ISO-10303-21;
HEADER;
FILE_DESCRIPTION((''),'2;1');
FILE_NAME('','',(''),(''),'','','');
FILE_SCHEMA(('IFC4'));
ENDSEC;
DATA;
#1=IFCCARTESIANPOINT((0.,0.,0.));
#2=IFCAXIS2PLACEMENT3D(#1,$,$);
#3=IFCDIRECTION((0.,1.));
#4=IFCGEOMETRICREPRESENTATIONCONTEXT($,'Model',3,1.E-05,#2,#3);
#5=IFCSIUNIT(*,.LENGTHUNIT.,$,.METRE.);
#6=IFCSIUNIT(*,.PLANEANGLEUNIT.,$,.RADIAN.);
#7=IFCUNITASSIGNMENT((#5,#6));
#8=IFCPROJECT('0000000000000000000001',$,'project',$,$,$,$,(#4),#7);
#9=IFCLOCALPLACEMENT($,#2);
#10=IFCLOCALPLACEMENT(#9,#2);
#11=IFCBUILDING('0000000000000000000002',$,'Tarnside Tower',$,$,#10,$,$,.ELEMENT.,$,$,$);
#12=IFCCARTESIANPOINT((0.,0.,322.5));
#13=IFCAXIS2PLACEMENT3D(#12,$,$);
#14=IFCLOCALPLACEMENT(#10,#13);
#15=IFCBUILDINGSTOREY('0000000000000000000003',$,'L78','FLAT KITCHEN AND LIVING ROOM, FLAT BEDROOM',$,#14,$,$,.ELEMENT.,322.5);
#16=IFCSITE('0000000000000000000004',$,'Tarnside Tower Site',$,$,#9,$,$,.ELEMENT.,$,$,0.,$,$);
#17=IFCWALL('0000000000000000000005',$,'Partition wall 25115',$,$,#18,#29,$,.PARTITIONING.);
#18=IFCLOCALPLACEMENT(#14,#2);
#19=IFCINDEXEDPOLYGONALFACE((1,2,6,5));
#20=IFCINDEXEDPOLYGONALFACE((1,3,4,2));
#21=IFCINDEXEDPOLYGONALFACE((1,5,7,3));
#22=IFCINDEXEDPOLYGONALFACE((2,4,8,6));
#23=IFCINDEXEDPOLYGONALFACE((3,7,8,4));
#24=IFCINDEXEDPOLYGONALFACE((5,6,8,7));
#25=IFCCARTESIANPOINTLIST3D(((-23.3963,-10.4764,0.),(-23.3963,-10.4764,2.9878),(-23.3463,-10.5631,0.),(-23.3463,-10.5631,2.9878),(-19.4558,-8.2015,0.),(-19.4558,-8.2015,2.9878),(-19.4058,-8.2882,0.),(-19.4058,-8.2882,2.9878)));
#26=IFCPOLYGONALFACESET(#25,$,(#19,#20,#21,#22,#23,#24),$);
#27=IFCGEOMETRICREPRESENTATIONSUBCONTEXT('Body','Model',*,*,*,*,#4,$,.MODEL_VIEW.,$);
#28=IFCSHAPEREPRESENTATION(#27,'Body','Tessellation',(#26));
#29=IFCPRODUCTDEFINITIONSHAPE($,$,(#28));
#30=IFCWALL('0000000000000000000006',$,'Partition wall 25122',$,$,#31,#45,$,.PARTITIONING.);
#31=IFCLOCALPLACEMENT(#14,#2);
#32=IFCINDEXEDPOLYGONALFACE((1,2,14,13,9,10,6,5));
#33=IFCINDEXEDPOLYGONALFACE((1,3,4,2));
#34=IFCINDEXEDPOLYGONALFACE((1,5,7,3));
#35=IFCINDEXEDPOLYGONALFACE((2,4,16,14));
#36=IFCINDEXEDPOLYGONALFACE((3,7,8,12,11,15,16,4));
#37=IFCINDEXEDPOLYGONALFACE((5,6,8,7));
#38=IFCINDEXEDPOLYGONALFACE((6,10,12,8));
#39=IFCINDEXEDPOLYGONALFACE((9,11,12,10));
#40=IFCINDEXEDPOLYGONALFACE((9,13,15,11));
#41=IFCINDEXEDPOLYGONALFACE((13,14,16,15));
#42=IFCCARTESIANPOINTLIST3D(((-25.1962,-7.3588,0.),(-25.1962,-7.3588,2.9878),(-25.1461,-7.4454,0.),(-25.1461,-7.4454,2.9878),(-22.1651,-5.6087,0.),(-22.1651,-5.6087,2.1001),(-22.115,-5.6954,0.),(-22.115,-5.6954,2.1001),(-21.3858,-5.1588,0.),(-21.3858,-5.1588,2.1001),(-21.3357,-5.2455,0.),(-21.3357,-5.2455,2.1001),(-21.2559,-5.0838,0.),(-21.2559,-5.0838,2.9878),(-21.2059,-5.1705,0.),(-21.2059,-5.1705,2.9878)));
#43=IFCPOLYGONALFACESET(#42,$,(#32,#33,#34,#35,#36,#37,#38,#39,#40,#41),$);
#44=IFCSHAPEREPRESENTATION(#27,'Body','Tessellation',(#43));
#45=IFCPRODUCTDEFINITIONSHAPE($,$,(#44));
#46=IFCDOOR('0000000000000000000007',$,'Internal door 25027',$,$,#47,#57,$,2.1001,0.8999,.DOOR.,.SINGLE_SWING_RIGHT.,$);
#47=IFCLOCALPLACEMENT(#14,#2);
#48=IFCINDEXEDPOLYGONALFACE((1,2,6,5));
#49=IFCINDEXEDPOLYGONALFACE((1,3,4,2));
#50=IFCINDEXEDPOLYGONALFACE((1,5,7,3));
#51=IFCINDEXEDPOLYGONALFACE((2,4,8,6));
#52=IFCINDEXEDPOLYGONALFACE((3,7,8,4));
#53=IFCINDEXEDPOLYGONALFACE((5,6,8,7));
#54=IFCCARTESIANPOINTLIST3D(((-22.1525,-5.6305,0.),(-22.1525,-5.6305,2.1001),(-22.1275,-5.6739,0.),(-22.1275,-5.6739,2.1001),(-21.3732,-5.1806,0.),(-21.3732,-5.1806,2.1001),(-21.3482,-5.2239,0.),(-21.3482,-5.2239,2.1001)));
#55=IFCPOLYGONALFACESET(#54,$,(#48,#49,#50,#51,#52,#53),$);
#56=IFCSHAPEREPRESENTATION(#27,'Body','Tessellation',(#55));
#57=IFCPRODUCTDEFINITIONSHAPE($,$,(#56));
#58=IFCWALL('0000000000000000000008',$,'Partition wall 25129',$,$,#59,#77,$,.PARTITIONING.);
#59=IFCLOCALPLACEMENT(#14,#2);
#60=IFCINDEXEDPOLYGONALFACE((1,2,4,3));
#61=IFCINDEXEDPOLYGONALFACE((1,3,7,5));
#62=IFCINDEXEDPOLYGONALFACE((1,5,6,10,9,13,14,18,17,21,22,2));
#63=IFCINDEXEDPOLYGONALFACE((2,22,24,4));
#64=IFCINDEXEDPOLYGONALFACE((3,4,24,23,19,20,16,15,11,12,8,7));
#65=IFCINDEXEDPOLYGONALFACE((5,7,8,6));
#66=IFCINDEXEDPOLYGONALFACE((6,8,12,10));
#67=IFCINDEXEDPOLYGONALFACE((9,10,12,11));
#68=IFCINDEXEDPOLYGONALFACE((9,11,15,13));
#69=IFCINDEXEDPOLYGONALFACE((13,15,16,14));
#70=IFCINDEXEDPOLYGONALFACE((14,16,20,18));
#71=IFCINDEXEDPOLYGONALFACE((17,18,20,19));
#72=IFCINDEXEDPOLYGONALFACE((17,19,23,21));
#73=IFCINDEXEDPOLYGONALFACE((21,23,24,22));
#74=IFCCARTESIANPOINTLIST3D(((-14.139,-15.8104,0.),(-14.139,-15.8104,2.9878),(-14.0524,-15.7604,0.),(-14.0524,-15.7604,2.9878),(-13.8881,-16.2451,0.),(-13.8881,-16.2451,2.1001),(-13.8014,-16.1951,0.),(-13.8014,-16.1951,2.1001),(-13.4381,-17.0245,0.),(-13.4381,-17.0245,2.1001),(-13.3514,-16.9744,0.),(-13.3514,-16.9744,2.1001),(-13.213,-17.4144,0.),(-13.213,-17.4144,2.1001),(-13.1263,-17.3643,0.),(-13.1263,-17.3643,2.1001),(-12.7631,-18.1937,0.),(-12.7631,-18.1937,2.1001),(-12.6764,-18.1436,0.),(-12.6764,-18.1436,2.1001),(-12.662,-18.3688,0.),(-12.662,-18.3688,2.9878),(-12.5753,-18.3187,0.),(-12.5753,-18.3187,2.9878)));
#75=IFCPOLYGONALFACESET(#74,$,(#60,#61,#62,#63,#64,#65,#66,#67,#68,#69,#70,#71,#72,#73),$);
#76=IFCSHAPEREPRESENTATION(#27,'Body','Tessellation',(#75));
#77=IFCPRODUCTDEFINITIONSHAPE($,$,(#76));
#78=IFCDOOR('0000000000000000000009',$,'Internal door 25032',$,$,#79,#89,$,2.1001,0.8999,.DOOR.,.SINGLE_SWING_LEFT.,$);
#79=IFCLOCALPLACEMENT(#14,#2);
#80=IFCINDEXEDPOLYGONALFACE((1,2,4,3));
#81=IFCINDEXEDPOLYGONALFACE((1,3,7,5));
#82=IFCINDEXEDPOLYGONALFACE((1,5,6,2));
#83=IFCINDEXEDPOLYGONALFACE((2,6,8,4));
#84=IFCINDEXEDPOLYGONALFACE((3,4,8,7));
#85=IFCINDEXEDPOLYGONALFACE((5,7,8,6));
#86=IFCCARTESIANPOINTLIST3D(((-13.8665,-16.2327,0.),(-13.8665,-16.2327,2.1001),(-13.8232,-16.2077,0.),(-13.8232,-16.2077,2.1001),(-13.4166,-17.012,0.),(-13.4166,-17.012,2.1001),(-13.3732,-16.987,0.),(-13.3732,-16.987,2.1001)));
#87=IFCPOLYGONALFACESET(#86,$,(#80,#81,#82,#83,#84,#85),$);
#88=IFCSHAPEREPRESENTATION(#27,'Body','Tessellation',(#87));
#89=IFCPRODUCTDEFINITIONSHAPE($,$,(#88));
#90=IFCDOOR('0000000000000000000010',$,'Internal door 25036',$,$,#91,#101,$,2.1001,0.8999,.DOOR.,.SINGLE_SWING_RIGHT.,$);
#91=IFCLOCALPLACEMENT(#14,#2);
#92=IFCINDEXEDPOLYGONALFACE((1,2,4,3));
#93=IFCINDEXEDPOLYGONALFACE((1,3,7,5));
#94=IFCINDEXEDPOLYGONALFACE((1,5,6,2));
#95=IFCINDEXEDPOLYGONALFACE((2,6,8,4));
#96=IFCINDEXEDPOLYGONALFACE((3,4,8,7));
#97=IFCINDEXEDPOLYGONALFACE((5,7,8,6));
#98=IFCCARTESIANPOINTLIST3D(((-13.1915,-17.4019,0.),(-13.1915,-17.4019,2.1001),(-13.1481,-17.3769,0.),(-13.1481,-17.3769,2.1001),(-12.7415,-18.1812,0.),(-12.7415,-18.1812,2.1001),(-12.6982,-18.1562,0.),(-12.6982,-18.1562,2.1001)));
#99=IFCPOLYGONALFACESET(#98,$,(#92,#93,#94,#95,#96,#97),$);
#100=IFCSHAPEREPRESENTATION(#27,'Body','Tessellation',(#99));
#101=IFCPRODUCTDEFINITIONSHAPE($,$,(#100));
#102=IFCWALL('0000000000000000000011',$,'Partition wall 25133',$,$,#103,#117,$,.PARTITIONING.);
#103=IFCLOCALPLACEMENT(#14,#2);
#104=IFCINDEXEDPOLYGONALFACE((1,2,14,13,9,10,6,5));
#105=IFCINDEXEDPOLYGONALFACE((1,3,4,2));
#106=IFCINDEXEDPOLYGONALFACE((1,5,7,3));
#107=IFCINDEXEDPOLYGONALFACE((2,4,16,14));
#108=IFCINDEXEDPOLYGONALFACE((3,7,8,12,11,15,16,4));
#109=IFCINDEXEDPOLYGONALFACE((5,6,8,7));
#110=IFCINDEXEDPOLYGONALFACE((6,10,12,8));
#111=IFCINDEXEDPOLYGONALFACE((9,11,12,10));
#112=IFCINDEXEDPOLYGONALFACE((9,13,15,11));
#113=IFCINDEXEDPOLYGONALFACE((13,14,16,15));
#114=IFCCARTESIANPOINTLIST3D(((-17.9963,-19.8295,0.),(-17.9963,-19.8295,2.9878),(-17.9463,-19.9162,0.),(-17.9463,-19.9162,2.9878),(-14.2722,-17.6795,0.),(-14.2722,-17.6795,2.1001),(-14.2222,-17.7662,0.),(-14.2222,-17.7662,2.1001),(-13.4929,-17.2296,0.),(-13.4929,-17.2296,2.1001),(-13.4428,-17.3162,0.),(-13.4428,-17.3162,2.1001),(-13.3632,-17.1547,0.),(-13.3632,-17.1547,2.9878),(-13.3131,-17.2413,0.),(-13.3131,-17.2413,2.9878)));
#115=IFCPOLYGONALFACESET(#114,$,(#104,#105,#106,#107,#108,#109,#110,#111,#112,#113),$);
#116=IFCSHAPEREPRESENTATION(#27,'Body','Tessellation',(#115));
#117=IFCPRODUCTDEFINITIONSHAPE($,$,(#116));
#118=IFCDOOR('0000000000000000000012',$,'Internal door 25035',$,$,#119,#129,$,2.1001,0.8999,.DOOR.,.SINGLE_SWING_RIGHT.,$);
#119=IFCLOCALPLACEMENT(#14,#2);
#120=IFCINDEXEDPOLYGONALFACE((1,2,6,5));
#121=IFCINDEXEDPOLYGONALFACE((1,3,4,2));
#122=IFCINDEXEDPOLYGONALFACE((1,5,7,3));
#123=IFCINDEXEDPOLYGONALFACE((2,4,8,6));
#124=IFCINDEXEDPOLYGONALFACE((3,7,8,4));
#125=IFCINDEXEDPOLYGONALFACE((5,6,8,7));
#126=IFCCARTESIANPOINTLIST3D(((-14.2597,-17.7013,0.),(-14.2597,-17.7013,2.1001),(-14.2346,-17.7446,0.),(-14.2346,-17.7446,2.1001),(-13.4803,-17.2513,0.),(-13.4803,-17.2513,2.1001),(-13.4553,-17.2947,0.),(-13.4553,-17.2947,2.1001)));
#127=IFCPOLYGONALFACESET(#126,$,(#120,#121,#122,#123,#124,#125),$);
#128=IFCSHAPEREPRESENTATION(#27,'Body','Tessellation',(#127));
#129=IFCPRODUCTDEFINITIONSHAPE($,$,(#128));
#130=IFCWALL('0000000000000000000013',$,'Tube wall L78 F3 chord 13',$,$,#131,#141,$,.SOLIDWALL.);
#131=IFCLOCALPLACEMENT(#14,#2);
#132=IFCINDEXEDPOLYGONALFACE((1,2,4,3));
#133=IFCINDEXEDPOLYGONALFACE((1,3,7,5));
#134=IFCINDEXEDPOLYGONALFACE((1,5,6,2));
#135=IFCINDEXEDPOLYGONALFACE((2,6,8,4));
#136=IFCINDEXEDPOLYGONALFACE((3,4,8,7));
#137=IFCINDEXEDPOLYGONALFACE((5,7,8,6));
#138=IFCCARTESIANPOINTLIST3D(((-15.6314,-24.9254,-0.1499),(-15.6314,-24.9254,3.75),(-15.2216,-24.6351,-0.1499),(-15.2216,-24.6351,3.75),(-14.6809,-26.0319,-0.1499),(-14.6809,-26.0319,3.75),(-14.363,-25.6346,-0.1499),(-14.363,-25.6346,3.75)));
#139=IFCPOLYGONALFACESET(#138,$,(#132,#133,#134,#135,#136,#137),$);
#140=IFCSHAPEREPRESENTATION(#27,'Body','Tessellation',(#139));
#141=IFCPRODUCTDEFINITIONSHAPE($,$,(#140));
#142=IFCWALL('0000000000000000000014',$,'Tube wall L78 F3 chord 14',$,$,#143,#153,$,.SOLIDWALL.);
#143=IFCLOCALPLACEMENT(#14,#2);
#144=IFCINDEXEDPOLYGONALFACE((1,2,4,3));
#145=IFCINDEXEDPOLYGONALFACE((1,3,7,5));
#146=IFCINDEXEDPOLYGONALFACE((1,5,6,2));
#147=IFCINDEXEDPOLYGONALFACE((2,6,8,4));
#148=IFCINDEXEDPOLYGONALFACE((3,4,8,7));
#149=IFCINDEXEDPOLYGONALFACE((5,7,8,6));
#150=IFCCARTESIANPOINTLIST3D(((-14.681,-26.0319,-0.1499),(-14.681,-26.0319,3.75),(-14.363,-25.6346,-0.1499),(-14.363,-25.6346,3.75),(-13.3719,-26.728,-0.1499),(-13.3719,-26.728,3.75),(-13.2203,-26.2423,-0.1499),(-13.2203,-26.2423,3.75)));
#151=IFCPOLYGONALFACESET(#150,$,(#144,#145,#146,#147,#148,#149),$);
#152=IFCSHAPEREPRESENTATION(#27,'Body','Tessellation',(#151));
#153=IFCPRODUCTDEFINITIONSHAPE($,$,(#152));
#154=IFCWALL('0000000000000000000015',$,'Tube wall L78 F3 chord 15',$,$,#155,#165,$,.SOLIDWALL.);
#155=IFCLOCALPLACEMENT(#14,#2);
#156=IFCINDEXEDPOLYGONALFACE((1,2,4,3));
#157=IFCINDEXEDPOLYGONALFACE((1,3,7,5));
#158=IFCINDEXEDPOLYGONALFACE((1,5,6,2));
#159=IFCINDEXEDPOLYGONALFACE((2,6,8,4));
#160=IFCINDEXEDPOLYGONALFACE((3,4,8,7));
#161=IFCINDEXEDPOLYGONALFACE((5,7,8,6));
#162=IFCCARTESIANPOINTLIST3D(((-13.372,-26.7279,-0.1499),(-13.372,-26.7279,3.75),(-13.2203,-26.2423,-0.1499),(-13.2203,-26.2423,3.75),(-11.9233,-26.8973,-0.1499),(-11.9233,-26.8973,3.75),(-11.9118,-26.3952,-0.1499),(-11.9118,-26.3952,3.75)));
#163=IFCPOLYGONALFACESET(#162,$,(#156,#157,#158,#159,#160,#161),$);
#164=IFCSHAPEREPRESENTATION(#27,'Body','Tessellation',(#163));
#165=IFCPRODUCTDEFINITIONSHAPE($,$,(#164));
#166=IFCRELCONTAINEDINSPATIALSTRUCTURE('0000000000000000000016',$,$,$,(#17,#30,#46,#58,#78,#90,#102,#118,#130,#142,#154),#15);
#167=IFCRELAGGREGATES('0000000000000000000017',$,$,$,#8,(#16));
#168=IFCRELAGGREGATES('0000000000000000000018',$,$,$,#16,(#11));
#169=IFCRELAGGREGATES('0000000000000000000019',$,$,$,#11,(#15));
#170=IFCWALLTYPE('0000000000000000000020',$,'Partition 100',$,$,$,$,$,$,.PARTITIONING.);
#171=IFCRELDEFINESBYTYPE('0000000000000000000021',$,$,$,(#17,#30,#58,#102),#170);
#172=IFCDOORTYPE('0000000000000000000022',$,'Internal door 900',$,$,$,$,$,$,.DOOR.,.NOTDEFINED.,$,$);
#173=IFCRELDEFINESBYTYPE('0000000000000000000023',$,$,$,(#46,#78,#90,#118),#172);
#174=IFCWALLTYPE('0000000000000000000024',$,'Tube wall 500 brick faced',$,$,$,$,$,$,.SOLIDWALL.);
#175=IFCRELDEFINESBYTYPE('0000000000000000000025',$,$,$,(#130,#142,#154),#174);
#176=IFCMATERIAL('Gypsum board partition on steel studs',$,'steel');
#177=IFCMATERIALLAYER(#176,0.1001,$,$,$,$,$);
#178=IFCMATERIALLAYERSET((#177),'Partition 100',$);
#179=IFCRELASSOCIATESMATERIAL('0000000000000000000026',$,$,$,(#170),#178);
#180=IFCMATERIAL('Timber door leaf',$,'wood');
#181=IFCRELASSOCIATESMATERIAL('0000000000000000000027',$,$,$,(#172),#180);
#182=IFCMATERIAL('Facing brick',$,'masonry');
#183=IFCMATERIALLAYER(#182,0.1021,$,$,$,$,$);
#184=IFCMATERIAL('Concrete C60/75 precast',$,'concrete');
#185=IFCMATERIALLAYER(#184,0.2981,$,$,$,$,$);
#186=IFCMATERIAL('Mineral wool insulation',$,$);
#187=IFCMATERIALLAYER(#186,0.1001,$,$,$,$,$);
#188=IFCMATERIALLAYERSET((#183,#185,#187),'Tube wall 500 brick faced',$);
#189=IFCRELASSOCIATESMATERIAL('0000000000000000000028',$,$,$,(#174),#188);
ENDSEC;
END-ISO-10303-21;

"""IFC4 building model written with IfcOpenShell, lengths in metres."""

from ifc_helpers import new_model, si_unit, direction, frame, frame_2d, origin, place, context, subcontext, project, spatial, polyline, rectangle, outline, extrude, material, layer, layer_set, type_object, element, fill, save


model = new_model("IFC4")

# Units and contexts
model_context = context("Model", 3, precision=1e-05, world=origin(), true_north=direction((0.0, 1.0)))
body_context = subcontext(model_context, "Body", "Model", "MODEL_VIEW")
ifc_project = project(units=[si_unit("LENGTHUNIT", "METRE"), si_unit("PLANEANGLEUNIT", "RADIAN")], contexts=[model_context])

# Site, building, storey
site_placement = place(None, origin())
site = spatial("IfcSite", under=ifc_project, at=site_placement, Name="Tarnside Tower Site", CompositionType="ELEMENT", RefElevation=0.0)
building_placement = place(site_placement, origin())
building = spatial("IfcBuilding", under=site, at=building_placement, Name="Tarnside Tower", CompositionType="ELEMENT")
storey_placement = place(building_placement, frame((0.0, 0.0, 322.5)))
storey = spatial("IfcBuildingStorey", under=building, at=storey_placement, Name="L78", Description="FLAT KITCHEN AND LIVING ROOM, FLAT BEDROOM", CompositionType="ELEMENT", Elevation=322.5)

# Wall
ifc_material_1 = material(Name="Gypsum board partition on steel studs", Category="steel")
ifc_layer_1 = layer(ifc_material_1, 0.1001)
ifc_layer_set_1 = layer_set([ifc_layer_1], Name="Partition 100")
wall_type_1 = type_object("IfcWallType", Name="Partition 100", PredefinedType="PARTITIONING", material=ifc_layer_set_1)
wall_1_placement = place(storey_placement, frame((-19.4309, -8.2449, 0.0), z_axis=(0.0, 0.0, 1.0), x_axis=(-0.866035, -0.499983, 0.0)))
element("IfcWall", 1, at=wall_1_placement, inside=storey, type_object=wall_type_1, Name="Partition wall 25115", PredefinedType="PARTITIONING", context=body_context, shape_type="SweptSolid", body=[
    extrude(rectangle(XDim=4.55, YDim=0.1001, at=frame_2d((2.2749, 0.0))), origin(), (0.0, 0.0, 1.0), 2.9878),
])

# Wall, opening, door
wall_2_placement = place(storey_placement, frame((-25.1711, -7.4021, 0.0), z_axis=(0.0, 0.0, 1.0), x_axis=(0.866022, 0.500006, 0.0)))
wall_2 = element("IfcWall", 2, at=wall_2_placement, inside=storey, type_object=wall_type_1, Name="Partition wall 25122", PredefinedType="PARTITIONING", context=body_context, shape_type="SweptSolid", body=[
    extrude(rectangle(XDim=4.5498, YDim=0.1001, at=frame_2d((2.2749, 0.0))), origin(), (0.0, 0.0, 1.0), 2.9878),
])
opening_1_placement = place(wall_2_placement, frame((3.5, 0.0, 0.0)))
opening_1 = element("IfcOpeningElement", 3, at=opening_1_placement, cuts=wall_2, PredefinedType="OPENING", context=body_context, shape_type="SweptSolid", body=[
    extrude(rectangle(XDim=0.8999, YDim=2.1001, at=frame_2d((0.45, 1.05))), frame((0.0, 0.0601, 0.0), z_axis=(0.0, -1.0, 0.0), x_axis=(1.0, 0.0, 0.0)), (0.0, 0.0, 1.0), 0.1201),
])
ifc_material_2 = material(Name="Timber door leaf", Category="wood")
door_type = type_object("IfcDoorType", Name="Internal door 900", OperationType="NOTDEFINED", PredefinedType="DOOR", material=ifc_material_2)
door_1_placement = place(opening_1_placement, origin())
door_1 = element("IfcDoor", 4, at=door_1_placement, inside=storey, type_object=door_type, Name="Internal door 25027", OperationType="SINGLE_SWING_RIGHT", OverallHeight=2.1001, OverallWidth=0.8999, PredefinedType="DOOR", context=body_context, shape_type="SweptSolid", body=[
    extrude(rectangle(XDim=0.8999, YDim=2.1001, at=frame_2d((0.45, 1.05))), frame((0.0, 0.0249, 0.0), z_axis=(0.0, -1.0, 0.0), x_axis=(1.0, 0.0, 0.0)), (0.0, 0.0, 1.0), 0.05),
])
fill(opening_1, door_1)

# Wall, openings, doors
wall_3_placement = place(storey_placement, frame((-14.0957, -15.7854, 0.0), z_axis=(0.0, 0.0, 1.0), x_axis=(0.499997, -0.866027, 0.0)))
wall_3 = element("IfcWall", 5, at=wall_3_placement, inside=storey, type_object=wall_type_1, Name="Partition wall 25129", PredefinedType="PARTITIONING", context=body_context, shape_type="SweptSolid", body=[
    extrude(rectangle(XDim=2.9541, YDim=0.1001, at=frame_2d((1.4771, 0.0))), origin(), (0.0, 0.0, 1.0), 2.9878),
])
opening_2_placement = place(wall_3_placement, frame((0.502, 0.0, 0.0)))
opening_2 = element("IfcOpeningElement", 6, at=opening_2_placement, cuts=wall_3, PredefinedType="OPENING", context=body_context, shape_type="SweptSolid", body=[
    extrude(rectangle(XDim=0.8999, YDim=2.1001, at=frame_2d((0.45, 1.05))), frame((0.0, 0.0601, 0.0), z_axis=(0.0, -1.0, 0.0), x_axis=(1.0, 0.0, 0.0)), (0.0, 0.0, 1.0), 0.1201),
])
opening_3_placement = place(wall_3_placement, frame((1.8521, 0.0, 0.0)))
opening_3 = element("IfcOpeningElement", 7, at=opening_3_placement, cuts=wall_3, PredefinedType="OPENING", context=body_context, shape_type="SweptSolid", body=[
    extrude(rectangle(XDim=0.8999, YDim=2.1001, at=frame_2d((0.45, 1.05))), frame((0.0, 0.0601, 0.0), z_axis=(0.0, -1.0, 0.0), x_axis=(1.0, 0.0, 0.0)), (0.0, 0.0, 1.0), 0.1201),
])
door_2_placement = place(opening_2_placement, origin())
door_2 = element("IfcDoor", 8, at=door_2_placement, inside=storey, type_object=door_type, Name="Internal door 25032", OperationType="SINGLE_SWING_LEFT", OverallHeight=2.1001, OverallWidth=0.8999, PredefinedType="DOOR", context=body_context, shape_type="SweptSolid", body=[
    extrude(rectangle(XDim=0.8999, YDim=2.1001, at=frame_2d((0.45, 1.05))), frame((0.0, 0.0249, 0.0), z_axis=(0.0, -1.0, 0.0), x_axis=(1.0, 0.0, 0.0)), (0.0, 0.0, 1.0), 0.05),
])
fill(opening_2, door_2)
door_3_placement = place(opening_3_placement, origin())
door_3 = element("IfcDoor", 9, at=door_3_placement, inside=storey, type_object=door_type, Name="Internal door 25036", OperationType="SINGLE_SWING_RIGHT", OverallHeight=2.1001, OverallWidth=0.8999, PredefinedType="DOOR", context=body_context, shape_type="SweptSolid", body=[
    extrude(rectangle(XDim=0.8999, YDim=2.1001, at=frame_2d((0.45, 1.05))), frame((0.0, 0.0249, 0.0), z_axis=(0.0, -1.0, 0.0), x_axis=(1.0, 0.0, 0.0)), (0.0, 0.0, 1.0), 0.05),
])
fill(opening_3, door_3)

# Wall, opening, door
wall_4_placement = place(storey_placement, frame((-17.9712, -19.8728, 0.0), z_axis=(0.0, 0.0, 1.0), x_axis=(0.866033, 0.499987, 0.0)))
wall_4 = element("IfcWall", 10, at=wall_4_placement, inside=storey, type_object=wall_type_1, Name="Partition wall 25133", PredefinedType="PARTITIONING", context=body_context, shape_type="SweptSolid", body=[
    extrude(rectangle(XDim=5.3499, YDim=0.1001, at=frame_2d((2.6748, 0.0))), origin(), (0.0, 0.0, 1.0), 2.9878),
])
opening_4_placement = place(wall_4_placement, frame((4.3, 0.0, 0.0)))
opening_4 = element("IfcOpeningElement", 11, at=opening_4_placement, cuts=wall_4, PredefinedType="OPENING", context=body_context, shape_type="SweptSolid", body=[
    extrude(rectangle(XDim=0.8999, YDim=2.1001, at=frame_2d((0.45, 1.05))), frame((0.0, 0.0601, 0.0), z_axis=(0.0, -1.0, 0.0), x_axis=(1.0, 0.0, 0.0)), (0.0, 0.0, 1.0), 0.1201),
])
door_4_placement = place(opening_4_placement, origin())
door_4 = element("IfcDoor", 12, at=door_4_placement, inside=storey, type_object=door_type, Name="Internal door 25035", OperationType="SINGLE_SWING_RIGHT", OverallHeight=2.1001, OverallWidth=0.8999, PredefinedType="DOOR", context=body_context, shape_type="SweptSolid", body=[
    extrude(rectangle(XDim=0.8999, YDim=2.1001, at=frame_2d((0.45, 1.05))), frame((0.0, 0.0249, 0.0), z_axis=(0.0, -1.0, 0.0), x_axis=(1.0, 0.0, 0.0)), (0.0, 0.0, 1.0), 0.05),
])
fill(opening_4, door_4)

# Walls
ifc_material_3 = material(Name="Facing brick", Category="masonry")
ifc_layer_2 = layer(ifc_material_3, 0.1021)
ifc_material_4 = material(Name="Concrete C60/75 precast", Category="concrete")
ifc_layer_3 = layer(ifc_material_4, 0.2981)
ifc_material_5 = material(Name="Mineral wool insulation")
ifc_layer_4 = layer(ifc_material_5, 0.1001)
ifc_layer_set_2 = layer_set([ifc_layer_2, ifc_layer_3, ifc_layer_4], Name="Tube wall 500 brick faced")
wall_type_2 = type_object("IfcWallType", Name="Tube wall 500 brick faced", PredefinedType="SOLIDWALL", material=ifc_layer_set_2)
wall_5_placement = place(storey_placement, frame((-15.4265, -24.7803, -0.1499), z_axis=(0.0, 0.0, 1.0), x_axis=(0.651617, -0.758549, 0.0)))
element("IfcWall", 13, at=wall_5_placement, inside=storey, type_object=wall_type_2, Name="Tube wall L78 F3 chord 13", PredefinedType="SOLIDWALL", context=body_context, shape_type="SweptSolid", body=[
    extrude(outline(polyline([(-0.0234, -0.25), (1.4353, -0.25), (1.3411, 0.25), (0.0234, 0.25), (-0.0234, -0.25)])), origin(), (0.0, 0.0, 1.0), 3.8999),
])
wall_6_placement = place(storey_placement, frame((-14.522, -25.8333, -0.1499), z_axis=(0.0, 0.0, 1.0), x_axis=(0.882927, -0.469511, 0.0)))
element("IfcWall", 14, at=wall_6_placement, inside=storey, type_object=wall_type_2, Name="Tube wall L78 F3 chord 14", PredefinedType="SOLIDWALL", context=body_context, shape_type="SweptSolid", body=[
    extrude(outline(polyline([(-0.0471, -0.25), (1.4355, -0.25), (1.3413, 0.25), (0.0471, 0.25), (-0.0471, -0.25)])), origin(), (0.0, 0.0, 1.0), 3.8999),
])
wall_7_placement = place(storey_placement, frame((-13.2961, -26.4851, -0.1499), z_axis=(0.0, 0.0, 1.0), x_axis=(0.993239, -0.116086, 0.0)))
element("IfcWall", 15, at=wall_7_placement, inside=storey, type_object=wall_type_2, Name="Tube wall L78 F3 chord 15", PredefinedType="SOLIDWALL", context=body_context, shape_type="SweptSolid", body=[
    extrude(outline(polyline([(-0.0471, -0.25), (1.4114, -0.25), (1.3645, 0.25), (0.0471, 0.25), (-0.0471, -0.25)])), origin(), (0.0, 0.0, 1.0), 3.8999),
])

save(model, "model.ifc")
